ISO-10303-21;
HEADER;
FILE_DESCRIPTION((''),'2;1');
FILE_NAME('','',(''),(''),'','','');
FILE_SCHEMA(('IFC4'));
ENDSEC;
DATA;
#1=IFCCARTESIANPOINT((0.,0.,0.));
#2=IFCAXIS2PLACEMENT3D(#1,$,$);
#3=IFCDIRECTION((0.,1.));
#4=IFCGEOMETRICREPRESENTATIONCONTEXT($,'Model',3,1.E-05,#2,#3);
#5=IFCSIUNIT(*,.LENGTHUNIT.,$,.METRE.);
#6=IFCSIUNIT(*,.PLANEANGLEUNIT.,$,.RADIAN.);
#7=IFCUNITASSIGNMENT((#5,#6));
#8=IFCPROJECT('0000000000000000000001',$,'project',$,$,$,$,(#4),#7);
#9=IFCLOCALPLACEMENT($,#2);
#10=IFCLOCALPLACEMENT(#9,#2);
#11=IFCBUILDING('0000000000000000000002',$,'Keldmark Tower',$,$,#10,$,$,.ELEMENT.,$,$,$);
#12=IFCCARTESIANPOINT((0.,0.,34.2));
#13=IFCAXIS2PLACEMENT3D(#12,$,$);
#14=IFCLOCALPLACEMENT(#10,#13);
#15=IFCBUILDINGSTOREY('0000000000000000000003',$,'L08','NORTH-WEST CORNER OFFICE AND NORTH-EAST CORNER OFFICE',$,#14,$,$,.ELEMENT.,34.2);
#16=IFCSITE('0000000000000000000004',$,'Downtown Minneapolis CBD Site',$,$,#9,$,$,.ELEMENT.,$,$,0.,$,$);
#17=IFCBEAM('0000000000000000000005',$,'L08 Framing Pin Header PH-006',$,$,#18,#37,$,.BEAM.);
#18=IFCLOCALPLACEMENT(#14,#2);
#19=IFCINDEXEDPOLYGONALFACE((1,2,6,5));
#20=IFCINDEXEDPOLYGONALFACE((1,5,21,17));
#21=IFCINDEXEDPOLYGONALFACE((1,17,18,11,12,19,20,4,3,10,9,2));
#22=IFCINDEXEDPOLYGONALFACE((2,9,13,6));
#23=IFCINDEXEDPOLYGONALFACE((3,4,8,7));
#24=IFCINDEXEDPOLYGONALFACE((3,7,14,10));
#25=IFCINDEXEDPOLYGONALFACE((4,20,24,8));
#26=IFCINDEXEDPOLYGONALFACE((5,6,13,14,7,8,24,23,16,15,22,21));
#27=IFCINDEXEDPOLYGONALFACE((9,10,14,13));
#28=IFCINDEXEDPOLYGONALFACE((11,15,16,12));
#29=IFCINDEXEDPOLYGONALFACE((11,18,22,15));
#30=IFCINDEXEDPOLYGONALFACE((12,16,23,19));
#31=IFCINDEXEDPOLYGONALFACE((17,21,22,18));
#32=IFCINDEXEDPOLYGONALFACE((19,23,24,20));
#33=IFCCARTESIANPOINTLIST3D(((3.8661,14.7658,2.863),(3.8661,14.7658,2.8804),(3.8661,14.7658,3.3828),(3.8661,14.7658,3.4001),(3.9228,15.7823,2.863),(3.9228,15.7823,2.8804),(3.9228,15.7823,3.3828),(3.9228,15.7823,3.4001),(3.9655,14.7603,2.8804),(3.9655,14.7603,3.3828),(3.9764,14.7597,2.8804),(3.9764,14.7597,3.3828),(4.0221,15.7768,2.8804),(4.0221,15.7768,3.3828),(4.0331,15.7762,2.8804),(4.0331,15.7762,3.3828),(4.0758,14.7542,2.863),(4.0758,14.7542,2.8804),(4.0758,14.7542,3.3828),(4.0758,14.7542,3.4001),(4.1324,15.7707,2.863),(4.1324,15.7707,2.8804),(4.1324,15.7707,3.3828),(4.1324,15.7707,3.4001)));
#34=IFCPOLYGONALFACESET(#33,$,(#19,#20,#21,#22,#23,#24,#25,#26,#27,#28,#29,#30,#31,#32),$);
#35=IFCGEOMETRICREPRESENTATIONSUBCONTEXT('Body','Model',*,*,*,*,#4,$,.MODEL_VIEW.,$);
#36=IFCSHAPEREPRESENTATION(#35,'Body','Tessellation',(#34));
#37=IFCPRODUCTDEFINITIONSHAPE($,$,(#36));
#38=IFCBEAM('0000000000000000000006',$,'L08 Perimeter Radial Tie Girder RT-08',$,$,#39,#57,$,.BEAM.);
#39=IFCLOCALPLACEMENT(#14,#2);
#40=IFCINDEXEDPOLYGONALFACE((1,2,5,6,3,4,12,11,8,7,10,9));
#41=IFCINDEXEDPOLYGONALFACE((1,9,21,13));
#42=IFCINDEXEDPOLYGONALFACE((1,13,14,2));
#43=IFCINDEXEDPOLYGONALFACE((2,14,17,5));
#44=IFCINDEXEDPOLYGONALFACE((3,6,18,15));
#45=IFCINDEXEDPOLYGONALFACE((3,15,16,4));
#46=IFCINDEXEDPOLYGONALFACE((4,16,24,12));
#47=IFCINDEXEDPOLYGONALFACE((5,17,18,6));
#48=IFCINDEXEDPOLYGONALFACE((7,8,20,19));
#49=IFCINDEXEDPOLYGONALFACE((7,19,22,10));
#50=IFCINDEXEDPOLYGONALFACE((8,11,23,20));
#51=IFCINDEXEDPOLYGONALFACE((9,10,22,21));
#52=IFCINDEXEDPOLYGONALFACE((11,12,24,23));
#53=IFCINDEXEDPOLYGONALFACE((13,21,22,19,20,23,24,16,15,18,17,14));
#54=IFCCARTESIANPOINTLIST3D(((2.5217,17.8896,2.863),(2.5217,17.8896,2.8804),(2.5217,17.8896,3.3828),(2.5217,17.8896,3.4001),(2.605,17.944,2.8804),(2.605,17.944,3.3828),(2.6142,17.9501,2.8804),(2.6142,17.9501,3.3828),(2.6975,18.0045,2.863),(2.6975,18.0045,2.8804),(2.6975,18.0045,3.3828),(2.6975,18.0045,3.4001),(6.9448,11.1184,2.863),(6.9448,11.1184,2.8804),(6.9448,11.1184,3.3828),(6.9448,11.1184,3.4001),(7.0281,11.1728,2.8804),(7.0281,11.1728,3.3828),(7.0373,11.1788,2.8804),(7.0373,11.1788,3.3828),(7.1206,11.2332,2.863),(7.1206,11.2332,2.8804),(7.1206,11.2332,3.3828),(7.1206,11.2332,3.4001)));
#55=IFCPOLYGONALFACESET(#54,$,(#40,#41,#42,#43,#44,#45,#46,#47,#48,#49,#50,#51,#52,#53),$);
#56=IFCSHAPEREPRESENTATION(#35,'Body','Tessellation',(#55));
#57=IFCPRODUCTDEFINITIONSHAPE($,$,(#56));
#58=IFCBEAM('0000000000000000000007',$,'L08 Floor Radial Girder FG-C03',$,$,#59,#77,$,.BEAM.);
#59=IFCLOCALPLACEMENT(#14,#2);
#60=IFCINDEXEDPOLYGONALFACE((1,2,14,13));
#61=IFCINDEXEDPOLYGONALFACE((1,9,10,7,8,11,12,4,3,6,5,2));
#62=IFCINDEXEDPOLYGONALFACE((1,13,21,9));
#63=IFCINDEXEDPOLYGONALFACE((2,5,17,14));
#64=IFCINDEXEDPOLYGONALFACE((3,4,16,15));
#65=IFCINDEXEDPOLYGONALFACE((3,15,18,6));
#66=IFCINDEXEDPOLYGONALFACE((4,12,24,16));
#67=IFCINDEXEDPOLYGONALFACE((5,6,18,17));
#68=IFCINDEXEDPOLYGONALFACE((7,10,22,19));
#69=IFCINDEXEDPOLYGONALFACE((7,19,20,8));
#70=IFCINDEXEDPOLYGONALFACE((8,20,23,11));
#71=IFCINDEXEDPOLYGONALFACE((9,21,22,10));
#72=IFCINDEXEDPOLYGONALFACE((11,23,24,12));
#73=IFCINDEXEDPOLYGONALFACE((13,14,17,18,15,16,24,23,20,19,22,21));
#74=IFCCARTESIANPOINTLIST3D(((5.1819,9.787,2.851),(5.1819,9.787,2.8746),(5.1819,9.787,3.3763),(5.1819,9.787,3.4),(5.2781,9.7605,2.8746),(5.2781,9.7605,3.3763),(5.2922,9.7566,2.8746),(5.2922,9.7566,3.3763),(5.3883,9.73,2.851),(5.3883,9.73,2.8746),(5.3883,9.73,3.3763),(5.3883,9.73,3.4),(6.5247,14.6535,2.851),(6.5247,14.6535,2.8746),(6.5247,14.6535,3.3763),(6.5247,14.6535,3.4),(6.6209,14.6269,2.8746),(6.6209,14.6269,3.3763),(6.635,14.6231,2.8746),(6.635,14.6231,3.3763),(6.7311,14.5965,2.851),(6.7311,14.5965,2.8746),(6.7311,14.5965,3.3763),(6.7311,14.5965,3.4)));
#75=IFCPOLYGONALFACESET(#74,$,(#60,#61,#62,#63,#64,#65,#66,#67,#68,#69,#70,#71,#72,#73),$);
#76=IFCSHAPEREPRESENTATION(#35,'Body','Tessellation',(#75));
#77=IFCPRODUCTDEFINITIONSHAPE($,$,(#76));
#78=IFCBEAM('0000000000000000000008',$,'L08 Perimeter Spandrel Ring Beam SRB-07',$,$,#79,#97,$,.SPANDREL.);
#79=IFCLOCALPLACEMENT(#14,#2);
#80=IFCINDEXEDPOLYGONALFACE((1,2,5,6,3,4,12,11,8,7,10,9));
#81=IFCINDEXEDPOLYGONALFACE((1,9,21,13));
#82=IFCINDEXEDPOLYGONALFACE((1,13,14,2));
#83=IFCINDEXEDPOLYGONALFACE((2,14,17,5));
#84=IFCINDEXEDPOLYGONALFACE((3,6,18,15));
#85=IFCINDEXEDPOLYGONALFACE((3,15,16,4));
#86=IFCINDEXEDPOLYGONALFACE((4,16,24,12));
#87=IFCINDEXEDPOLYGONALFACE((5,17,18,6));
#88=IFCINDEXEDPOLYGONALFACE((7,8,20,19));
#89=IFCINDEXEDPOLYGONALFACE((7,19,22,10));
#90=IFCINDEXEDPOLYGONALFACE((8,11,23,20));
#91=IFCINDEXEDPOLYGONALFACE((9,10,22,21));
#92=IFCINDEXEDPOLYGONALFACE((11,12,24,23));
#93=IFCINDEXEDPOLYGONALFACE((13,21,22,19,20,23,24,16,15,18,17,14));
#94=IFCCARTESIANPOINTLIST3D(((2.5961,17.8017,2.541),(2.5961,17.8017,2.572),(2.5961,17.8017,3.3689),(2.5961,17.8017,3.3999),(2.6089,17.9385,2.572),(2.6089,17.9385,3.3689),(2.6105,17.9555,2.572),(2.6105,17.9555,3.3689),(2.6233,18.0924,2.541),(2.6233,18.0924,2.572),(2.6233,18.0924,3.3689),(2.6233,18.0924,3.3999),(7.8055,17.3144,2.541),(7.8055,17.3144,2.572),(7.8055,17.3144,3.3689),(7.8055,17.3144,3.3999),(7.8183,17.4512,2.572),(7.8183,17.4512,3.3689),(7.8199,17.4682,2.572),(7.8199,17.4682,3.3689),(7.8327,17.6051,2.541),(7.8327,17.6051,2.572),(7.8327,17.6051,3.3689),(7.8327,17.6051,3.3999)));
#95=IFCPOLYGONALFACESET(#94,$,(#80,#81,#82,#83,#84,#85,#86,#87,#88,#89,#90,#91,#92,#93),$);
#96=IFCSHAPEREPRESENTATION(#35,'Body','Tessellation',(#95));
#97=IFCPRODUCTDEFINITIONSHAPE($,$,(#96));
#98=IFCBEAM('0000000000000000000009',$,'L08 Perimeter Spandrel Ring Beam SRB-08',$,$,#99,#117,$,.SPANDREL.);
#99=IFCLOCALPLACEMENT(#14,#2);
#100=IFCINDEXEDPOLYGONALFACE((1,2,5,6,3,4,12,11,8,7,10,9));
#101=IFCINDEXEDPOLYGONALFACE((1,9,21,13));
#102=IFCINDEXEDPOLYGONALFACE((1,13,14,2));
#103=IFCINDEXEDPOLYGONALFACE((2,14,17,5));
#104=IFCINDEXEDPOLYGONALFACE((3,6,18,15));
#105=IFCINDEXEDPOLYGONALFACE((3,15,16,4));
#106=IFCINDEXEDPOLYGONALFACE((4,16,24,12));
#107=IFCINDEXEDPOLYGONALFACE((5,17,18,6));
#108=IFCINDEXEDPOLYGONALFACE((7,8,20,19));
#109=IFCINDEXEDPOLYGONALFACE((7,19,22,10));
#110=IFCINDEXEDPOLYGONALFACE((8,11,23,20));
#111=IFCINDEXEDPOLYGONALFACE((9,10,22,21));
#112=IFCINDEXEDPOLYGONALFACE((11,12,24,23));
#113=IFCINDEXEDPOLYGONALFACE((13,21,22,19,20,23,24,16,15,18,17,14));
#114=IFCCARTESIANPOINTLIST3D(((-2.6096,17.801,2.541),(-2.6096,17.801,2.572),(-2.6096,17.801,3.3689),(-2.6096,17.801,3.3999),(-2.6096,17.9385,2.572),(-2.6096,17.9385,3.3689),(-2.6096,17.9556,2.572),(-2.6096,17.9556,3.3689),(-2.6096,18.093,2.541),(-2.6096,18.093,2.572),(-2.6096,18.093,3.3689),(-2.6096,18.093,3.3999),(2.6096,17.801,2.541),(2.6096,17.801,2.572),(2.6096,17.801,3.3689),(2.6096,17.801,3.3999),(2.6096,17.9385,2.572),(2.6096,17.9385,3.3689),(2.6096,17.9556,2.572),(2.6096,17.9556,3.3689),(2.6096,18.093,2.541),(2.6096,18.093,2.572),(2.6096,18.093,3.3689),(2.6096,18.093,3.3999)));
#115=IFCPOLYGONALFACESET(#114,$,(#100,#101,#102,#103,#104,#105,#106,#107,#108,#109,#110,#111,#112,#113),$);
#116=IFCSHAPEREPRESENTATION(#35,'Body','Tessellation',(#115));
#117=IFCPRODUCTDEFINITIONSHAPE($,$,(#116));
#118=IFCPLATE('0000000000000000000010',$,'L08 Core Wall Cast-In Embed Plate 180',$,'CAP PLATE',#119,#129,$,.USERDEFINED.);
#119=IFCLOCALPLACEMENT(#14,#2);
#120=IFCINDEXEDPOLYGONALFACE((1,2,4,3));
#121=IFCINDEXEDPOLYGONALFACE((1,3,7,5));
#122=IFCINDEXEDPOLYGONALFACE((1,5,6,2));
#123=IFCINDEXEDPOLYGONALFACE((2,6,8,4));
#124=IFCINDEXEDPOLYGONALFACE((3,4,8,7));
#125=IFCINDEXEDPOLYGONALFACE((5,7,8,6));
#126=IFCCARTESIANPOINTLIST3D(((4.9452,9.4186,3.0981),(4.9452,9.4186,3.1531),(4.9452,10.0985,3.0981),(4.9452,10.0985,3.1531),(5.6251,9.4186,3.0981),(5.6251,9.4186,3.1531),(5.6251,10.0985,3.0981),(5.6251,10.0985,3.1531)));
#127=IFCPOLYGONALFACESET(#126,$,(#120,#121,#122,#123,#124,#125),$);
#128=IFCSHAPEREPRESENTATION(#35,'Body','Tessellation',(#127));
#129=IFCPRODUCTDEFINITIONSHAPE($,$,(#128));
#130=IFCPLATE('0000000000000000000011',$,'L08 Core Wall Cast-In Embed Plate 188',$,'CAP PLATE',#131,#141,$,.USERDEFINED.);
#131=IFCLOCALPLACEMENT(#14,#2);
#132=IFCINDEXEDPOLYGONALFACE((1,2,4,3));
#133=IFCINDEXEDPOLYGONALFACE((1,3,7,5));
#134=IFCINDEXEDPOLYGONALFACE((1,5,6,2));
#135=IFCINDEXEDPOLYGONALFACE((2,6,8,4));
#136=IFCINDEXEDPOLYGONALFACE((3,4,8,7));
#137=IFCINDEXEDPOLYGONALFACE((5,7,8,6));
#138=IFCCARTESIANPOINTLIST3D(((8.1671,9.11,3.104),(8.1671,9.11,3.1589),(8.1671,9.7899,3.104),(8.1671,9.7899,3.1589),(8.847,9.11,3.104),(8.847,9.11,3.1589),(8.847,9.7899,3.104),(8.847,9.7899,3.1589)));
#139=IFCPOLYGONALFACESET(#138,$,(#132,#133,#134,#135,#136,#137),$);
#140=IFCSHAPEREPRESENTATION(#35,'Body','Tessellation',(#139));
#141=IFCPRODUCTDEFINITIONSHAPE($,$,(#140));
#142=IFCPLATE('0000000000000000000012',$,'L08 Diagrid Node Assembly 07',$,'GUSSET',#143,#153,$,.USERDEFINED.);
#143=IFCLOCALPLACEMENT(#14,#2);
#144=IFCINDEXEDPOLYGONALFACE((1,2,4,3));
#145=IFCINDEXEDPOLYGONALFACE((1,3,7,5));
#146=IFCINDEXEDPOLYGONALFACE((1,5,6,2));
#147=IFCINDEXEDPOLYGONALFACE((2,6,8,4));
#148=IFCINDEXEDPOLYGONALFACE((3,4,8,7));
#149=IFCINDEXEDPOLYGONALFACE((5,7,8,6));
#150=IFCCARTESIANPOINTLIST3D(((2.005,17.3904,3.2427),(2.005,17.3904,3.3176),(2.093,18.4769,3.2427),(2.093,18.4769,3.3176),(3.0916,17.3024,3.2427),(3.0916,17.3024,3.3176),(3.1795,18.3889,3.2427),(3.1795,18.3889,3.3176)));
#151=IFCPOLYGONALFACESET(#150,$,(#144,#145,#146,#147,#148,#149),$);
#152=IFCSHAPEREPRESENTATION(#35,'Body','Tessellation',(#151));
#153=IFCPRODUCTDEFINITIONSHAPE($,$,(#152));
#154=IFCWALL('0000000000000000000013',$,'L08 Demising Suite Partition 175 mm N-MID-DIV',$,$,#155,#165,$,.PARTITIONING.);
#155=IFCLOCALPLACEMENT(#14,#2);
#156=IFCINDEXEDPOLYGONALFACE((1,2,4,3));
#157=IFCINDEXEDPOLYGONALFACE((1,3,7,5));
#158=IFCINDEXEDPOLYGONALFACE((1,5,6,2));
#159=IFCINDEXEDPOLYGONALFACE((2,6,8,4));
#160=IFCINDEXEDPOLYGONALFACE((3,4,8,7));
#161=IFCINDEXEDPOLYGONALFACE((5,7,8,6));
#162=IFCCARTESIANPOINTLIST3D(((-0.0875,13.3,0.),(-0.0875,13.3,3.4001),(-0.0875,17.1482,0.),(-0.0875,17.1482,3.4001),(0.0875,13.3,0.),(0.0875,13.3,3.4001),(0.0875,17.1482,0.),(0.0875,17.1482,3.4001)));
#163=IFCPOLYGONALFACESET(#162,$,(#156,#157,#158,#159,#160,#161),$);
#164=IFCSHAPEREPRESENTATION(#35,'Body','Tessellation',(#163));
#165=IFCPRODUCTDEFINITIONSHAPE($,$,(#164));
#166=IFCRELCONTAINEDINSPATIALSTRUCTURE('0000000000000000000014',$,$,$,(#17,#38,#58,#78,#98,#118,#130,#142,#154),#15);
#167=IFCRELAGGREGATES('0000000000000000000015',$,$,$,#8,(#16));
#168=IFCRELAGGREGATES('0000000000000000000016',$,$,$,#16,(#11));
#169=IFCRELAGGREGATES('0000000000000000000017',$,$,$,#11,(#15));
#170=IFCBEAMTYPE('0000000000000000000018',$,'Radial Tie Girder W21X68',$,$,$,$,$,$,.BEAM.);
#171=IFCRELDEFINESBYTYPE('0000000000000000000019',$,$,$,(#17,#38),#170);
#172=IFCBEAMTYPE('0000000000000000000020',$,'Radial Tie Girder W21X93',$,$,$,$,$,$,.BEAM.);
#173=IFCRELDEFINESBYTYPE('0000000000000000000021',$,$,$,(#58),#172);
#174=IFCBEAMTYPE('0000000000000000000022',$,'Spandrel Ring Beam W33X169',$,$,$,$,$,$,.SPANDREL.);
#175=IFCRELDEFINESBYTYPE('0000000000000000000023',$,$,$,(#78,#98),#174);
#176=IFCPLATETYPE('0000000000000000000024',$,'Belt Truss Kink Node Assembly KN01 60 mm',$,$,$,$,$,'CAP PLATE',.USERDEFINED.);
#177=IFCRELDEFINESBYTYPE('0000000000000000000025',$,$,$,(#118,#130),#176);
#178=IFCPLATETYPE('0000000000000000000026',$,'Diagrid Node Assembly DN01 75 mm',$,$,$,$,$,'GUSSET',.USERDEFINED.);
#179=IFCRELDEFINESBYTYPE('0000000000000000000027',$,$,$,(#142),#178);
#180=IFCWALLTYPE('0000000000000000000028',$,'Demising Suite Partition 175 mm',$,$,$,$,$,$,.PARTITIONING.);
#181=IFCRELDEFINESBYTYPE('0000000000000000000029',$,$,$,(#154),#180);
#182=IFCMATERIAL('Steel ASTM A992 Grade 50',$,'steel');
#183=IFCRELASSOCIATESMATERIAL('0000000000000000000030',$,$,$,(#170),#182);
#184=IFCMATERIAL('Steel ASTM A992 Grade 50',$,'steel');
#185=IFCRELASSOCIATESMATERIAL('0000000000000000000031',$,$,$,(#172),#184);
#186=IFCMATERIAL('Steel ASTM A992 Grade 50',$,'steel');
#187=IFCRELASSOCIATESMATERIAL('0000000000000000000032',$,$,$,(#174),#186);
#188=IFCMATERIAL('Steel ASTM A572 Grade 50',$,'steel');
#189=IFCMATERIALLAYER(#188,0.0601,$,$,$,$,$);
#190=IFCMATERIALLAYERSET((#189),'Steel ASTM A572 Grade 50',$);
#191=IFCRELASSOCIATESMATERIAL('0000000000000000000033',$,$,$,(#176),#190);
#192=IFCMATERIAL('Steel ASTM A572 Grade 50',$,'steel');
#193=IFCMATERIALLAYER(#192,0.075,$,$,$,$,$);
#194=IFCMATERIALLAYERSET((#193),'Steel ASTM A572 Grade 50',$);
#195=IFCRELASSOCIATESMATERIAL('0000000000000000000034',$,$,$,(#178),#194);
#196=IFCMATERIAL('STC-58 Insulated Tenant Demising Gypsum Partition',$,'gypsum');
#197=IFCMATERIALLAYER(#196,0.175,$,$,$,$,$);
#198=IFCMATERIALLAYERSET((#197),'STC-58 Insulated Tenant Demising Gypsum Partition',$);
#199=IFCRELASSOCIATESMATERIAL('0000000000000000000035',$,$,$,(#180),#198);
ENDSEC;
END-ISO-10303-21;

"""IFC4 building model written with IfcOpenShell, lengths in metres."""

from ifc_helpers import new_model, si_unit, direction, frame, frame_2d, origin, origin_2d, place, context, subcontext, project, spatial, rectangle, i_section, extrude, material, layer, layer_set, material_profile, profile_set, type_object, element, save


model = new_model("IFC4")

# Units and contexts
model_context = context("Model", 3, precision=1e-05, world=origin(), true_north=direction((0.0, 1.0)))
body_context = subcontext(model_context, "Body", "Model", "MODEL_VIEW")
ifc_project = project(units=[si_unit("LENGTHUNIT", "METRE"), si_unit("PLANEANGLEUNIT", "RADIAN")], contexts=[model_context])

# Site, building, storey
site_placement = place(None, origin())
site = spatial("IfcSite", under=ifc_project, at=site_placement, Name="Downtown Minneapolis CBD Site", CompositionType="ELEMENT", RefElevation=0.0)
building_placement = place(site_placement, origin())
building = spatial("IfcBuilding", under=site, at=building_placement, Name="Keldmark Tower", CompositionType="ELEMENT")
storey_placement = place(building_placement, frame((0.0, 0.0, 34.2)))
storey = spatial("IfcBuildingStorey", under=building, at=storey_placement, Name="L08", Description="NORTH-WEST CORNER OFFICE AND NORTH-EAST CORNER OFFICE", CompositionType="ELEMENT", Elevation=34.2)

# Beams
ifc_material_1 = material(Name="Steel ASTM A992 Grade 50", Category="steel")
ifc_material_profile_1 = material_profile(ifc_material_1, i_section(OverallWidth=0.21, OverallDepth=0.5371, WebThickness=0.011, FlangeThickness=0.0173, at=origin_2d()), Name="W21X68")
ifc_profile_set_1 = profile_set([ifc_material_profile_1], Name="Steel ASTM A992 Grade 50")
beam_type_1 = type_object("IfcBeamType", Name="Radial Tie Girder W21X68", PredefinedType="BEAM", material=ifc_profile_set_1)
beam_1_placement = place(storey_placement, frame((3.9709, 14.76, 3.1316), z_axis=(0.055629, 0.998451, 0.0), x_axis=(-0.998451, 0.055629, 0.0)))
element("IfcBeam", 1, at=beam_1_placement, inside=storey, type_object=beam_type_1, Name="L08 Framing Pin Header PH-006", PredefinedType="BEAM", context=body_context, shape_type="SweptSolid", body=[
    extrude(i_section(OverallWidth=0.21, OverallDepth=0.5371, WebThickness=0.011, FlangeThickness=0.0173, at=origin_2d()), origin(), (0.0, 0.0, 1.0), 1.0181),
])
beam_2_placement = place(storey_placement, frame((7.0327, 11.1758, 3.1316), z_axis=(-0.546881, 0.83721, 0.0), x_axis=(-0.83721, -0.546881, 0.0)))
element("IfcBeam", 2, at=beam_2_placement, inside=storey, type_object=beam_type_1, Name="L08 Perimeter Radial Tie Girder RT-08", PredefinedType="BEAM", context=body_context, shape_type="SweptSolid", body=[
    extrude(i_section(OverallWidth=0.21, OverallDepth=0.5371, WebThickness=0.011, FlangeThickness=0.0173, at=origin_2d()), origin(), (0.0, 0.0, 1.0), 8.0879),
])
ifc_material_2 = material(Name="Steel ASTM A992 Grade 50", Category="steel")
ifc_material_profile_2 = material_profile(ifc_material_2, i_section(OverallWidth=0.2141, OverallDepth=0.5491, WebThickness=0.0146, FlangeThickness=0.0237, at=origin_2d()), Name="W21X93")
ifc_profile_set_2 = profile_set([ifc_material_profile_2], Name="Steel ASTM A992 Grade 50")
beam_type_2 = type_object("IfcBeamType", Name="Radial Tie Girder W21X93", PredefinedType="BEAM", material=ifc_profile_set_2)
beam_3_placement = place(storey_placement, frame((6.6279, 14.625, 3.1255), z_axis=(-0.265985, -0.963977, 0.0), x_axis=(0.963977, -0.265985, 0.0)))
element("IfcBeam", 3, at=beam_3_placement, inside=storey, type_object=beam_type_2, Name="L08 Floor Radial Girder FG-C03", PredefinedType="BEAM", context=body_context, shape_type="SweptSolid", body=[
    extrude(i_section(OverallWidth=0.2141, OverallDepth=0.5491, WebThickness=0.0146, FlangeThickness=0.0237, at=origin_2d()), origin(), (0.0, 0.0, 1.0), 5.0483),
])
ifc_material_3 = material(Name="Steel ASTM A992 Grade 50", Category="steel")
ifc_material_profile_3 = material_profile(ifc_material_3, i_section(OverallWidth=0.292, OverallDepth=0.8589, WebThickness=0.0171, FlangeThickness=0.031, at=origin_2d()), Name="W33X169")
ifc_profile_set_3 = profile_set([ifc_material_profile_3], Name="Steel ASTM A992 Grade 50")
beam_type_3 = type_object("IfcBeamType", Name="Spandrel Ring Beam W33X169", PredefinedType="SPANDREL", material=ifc_profile_set_3)
beam_4_placement = place(storey_placement, frame((7.8191, 17.4597, 2.9705), z_axis=(-0.995653, 0.093135, 0.0), x_axis=(-0.093135, -0.995653, 0.0)))
element("IfcBeam", 4, at=beam_4_placement, inside=storey, type_object=beam_type_3, Name="L08 Perimeter Spandrel Ring Beam SRB-07", PredefinedType="SPANDREL", context=body_context, shape_type="SweptSolid", body=[
    extrude(i_section(OverallWidth=0.292, OverallDepth=0.8589, WebThickness=0.0171, FlangeThickness=0.031, at=origin_2d()), origin(), (0.0, 0.0, 1.0), 5.2322),
])
beam_5_placement = place(storey_placement, frame((2.6096, 17.947, 2.9705), z_axis=(-1.0, 0.0, 0.0), x_axis=(0.0, -1.0, 0.0)))
element("IfcBeam", 5, at=beam_5_placement, inside=storey, type_object=beam_type_3, Name="L08 Perimeter Spandrel Ring Beam SRB-08", PredefinedType="SPANDREL", context=body_context, shape_type="SweptSolid", body=[
    extrude(i_section(OverallWidth=0.292, OverallDepth=0.8589, WebThickness=0.0171, FlangeThickness=0.031, at=origin_2d()), origin(), (0.0, 0.0, 1.0), 5.2192),
])

# Plates
ifc_material_4 = material(Name="Steel ASTM A572 Grade 50", Category="steel")
ifc_layer_1 = layer(ifc_material_4, 0.0601)
ifc_layer_set_1 = layer_set([ifc_layer_1], Name="Steel ASTM A572 Grade 50")
plate_type_1 = type_object("IfcPlateType", Name="Belt Truss Kink Node Assembly KN01 60 mm", ElementType="CAP PLATE", PredefinedType="USERDEFINED", material=ifc_layer_set_1)
for number, where, z_axis, x_axis, name in (
    (6, (5.2852, 9.7585, 3.0981), (0.0, 0.0, 1.0), (1.0, 0.0, 0.0), "L08 Core Wall Cast-In Embed Plate 180"),
    (7, (8.5071, 9.45, 3.104), (0.0, 0.0, 1.0), (1.0, 0.0, 0.0), "L08 Core Wall Cast-In Embed Plate 188"),
):
    element("IfcPlate", number, at=place(storey_placement, frame(where, z_axis=z_axis, x_axis=x_axis)), inside=storey, type_object=plate_type_1, Name=name, ObjectType="CAP PLATE", PredefinedType="USERDEFINED", context=body_context, shape_type="SweptSolid", body=[
        extrude(rectangle(XDim=0.6799, YDim=0.6799, at=origin_2d()), origin(), (0.0, 0.0, 1.0), 0.0549),
    ])
ifc_material_5 = material(Name="Steel ASTM A572 Grade 50", Category="steel")
ifc_layer_2 = layer(ifc_material_5, 0.075)
ifc_layer_set_2 = layer_set([ifc_layer_2], Name="Steel ASTM A572 Grade 50")
plate_type_2 = type_object("IfcPlateType", Name="Diagrid Node Assembly DN01 75 mm", ElementType="GUSSET", PredefinedType="USERDEFINED", material=ifc_layer_set_2)
plate_placement = place(storey_placement, frame((2.5923, 17.8896, 3.2427), z_axis=(0.0, 0.0, 1.0), x_axis=(-0.996737, 0.080721, 0.0)))
element("IfcPlate", 8, at=plate_placement, inside=storey, type_object=plate_type_2, Name="L08 Diagrid Node Assembly 07", ObjectType="GUSSET", PredefinedType="USERDEFINED", context=body_context, shape_type="SweptSolid", body=[
    extrude(rectangle(XDim=1.0901, YDim=1.0901, at=origin_2d()), origin(), (0.0, 0.0, 1.0), 0.075),
])

# Wall
ifc_material_6 = material(Name="STC-58 Insulated Tenant Demising Gypsum Partition", Category="gypsum")
ifc_layer_3 = layer(ifc_material_6, 0.175)
ifc_layer_set_3 = layer_set([ifc_layer_3], Name="STC-58 Insulated Tenant Demising Gypsum Partition")
wall_type_1 = type_object("IfcWallType", Name="Demising Suite Partition 175 mm", PredefinedType="PARTITIONING", material=ifc_layer_set_3)
wall_1_placement = place(storey_placement, frame((0.0, 13.3, 0.0), z_axis=(0.0, 0.0, 1.0), x_axis=(0.0, 1.0, 0.0)))
element("IfcWall", 9, at=wall_1_placement, inside=storey, type_object=wall_type_1, Name="L08 Demising Suite Partition 175 mm N-MID-DIV", PredefinedType="PARTITIONING", context=body_context, shape_type="SweptSolid", body=[
    extrude(rectangle(XDim=3.8481, YDim=0.175, at=frame_2d((1.9241, 0.0))), origin(), (0.0, 0.0, 1.0), 3.4001),
])

save(model, "model.ifc")
